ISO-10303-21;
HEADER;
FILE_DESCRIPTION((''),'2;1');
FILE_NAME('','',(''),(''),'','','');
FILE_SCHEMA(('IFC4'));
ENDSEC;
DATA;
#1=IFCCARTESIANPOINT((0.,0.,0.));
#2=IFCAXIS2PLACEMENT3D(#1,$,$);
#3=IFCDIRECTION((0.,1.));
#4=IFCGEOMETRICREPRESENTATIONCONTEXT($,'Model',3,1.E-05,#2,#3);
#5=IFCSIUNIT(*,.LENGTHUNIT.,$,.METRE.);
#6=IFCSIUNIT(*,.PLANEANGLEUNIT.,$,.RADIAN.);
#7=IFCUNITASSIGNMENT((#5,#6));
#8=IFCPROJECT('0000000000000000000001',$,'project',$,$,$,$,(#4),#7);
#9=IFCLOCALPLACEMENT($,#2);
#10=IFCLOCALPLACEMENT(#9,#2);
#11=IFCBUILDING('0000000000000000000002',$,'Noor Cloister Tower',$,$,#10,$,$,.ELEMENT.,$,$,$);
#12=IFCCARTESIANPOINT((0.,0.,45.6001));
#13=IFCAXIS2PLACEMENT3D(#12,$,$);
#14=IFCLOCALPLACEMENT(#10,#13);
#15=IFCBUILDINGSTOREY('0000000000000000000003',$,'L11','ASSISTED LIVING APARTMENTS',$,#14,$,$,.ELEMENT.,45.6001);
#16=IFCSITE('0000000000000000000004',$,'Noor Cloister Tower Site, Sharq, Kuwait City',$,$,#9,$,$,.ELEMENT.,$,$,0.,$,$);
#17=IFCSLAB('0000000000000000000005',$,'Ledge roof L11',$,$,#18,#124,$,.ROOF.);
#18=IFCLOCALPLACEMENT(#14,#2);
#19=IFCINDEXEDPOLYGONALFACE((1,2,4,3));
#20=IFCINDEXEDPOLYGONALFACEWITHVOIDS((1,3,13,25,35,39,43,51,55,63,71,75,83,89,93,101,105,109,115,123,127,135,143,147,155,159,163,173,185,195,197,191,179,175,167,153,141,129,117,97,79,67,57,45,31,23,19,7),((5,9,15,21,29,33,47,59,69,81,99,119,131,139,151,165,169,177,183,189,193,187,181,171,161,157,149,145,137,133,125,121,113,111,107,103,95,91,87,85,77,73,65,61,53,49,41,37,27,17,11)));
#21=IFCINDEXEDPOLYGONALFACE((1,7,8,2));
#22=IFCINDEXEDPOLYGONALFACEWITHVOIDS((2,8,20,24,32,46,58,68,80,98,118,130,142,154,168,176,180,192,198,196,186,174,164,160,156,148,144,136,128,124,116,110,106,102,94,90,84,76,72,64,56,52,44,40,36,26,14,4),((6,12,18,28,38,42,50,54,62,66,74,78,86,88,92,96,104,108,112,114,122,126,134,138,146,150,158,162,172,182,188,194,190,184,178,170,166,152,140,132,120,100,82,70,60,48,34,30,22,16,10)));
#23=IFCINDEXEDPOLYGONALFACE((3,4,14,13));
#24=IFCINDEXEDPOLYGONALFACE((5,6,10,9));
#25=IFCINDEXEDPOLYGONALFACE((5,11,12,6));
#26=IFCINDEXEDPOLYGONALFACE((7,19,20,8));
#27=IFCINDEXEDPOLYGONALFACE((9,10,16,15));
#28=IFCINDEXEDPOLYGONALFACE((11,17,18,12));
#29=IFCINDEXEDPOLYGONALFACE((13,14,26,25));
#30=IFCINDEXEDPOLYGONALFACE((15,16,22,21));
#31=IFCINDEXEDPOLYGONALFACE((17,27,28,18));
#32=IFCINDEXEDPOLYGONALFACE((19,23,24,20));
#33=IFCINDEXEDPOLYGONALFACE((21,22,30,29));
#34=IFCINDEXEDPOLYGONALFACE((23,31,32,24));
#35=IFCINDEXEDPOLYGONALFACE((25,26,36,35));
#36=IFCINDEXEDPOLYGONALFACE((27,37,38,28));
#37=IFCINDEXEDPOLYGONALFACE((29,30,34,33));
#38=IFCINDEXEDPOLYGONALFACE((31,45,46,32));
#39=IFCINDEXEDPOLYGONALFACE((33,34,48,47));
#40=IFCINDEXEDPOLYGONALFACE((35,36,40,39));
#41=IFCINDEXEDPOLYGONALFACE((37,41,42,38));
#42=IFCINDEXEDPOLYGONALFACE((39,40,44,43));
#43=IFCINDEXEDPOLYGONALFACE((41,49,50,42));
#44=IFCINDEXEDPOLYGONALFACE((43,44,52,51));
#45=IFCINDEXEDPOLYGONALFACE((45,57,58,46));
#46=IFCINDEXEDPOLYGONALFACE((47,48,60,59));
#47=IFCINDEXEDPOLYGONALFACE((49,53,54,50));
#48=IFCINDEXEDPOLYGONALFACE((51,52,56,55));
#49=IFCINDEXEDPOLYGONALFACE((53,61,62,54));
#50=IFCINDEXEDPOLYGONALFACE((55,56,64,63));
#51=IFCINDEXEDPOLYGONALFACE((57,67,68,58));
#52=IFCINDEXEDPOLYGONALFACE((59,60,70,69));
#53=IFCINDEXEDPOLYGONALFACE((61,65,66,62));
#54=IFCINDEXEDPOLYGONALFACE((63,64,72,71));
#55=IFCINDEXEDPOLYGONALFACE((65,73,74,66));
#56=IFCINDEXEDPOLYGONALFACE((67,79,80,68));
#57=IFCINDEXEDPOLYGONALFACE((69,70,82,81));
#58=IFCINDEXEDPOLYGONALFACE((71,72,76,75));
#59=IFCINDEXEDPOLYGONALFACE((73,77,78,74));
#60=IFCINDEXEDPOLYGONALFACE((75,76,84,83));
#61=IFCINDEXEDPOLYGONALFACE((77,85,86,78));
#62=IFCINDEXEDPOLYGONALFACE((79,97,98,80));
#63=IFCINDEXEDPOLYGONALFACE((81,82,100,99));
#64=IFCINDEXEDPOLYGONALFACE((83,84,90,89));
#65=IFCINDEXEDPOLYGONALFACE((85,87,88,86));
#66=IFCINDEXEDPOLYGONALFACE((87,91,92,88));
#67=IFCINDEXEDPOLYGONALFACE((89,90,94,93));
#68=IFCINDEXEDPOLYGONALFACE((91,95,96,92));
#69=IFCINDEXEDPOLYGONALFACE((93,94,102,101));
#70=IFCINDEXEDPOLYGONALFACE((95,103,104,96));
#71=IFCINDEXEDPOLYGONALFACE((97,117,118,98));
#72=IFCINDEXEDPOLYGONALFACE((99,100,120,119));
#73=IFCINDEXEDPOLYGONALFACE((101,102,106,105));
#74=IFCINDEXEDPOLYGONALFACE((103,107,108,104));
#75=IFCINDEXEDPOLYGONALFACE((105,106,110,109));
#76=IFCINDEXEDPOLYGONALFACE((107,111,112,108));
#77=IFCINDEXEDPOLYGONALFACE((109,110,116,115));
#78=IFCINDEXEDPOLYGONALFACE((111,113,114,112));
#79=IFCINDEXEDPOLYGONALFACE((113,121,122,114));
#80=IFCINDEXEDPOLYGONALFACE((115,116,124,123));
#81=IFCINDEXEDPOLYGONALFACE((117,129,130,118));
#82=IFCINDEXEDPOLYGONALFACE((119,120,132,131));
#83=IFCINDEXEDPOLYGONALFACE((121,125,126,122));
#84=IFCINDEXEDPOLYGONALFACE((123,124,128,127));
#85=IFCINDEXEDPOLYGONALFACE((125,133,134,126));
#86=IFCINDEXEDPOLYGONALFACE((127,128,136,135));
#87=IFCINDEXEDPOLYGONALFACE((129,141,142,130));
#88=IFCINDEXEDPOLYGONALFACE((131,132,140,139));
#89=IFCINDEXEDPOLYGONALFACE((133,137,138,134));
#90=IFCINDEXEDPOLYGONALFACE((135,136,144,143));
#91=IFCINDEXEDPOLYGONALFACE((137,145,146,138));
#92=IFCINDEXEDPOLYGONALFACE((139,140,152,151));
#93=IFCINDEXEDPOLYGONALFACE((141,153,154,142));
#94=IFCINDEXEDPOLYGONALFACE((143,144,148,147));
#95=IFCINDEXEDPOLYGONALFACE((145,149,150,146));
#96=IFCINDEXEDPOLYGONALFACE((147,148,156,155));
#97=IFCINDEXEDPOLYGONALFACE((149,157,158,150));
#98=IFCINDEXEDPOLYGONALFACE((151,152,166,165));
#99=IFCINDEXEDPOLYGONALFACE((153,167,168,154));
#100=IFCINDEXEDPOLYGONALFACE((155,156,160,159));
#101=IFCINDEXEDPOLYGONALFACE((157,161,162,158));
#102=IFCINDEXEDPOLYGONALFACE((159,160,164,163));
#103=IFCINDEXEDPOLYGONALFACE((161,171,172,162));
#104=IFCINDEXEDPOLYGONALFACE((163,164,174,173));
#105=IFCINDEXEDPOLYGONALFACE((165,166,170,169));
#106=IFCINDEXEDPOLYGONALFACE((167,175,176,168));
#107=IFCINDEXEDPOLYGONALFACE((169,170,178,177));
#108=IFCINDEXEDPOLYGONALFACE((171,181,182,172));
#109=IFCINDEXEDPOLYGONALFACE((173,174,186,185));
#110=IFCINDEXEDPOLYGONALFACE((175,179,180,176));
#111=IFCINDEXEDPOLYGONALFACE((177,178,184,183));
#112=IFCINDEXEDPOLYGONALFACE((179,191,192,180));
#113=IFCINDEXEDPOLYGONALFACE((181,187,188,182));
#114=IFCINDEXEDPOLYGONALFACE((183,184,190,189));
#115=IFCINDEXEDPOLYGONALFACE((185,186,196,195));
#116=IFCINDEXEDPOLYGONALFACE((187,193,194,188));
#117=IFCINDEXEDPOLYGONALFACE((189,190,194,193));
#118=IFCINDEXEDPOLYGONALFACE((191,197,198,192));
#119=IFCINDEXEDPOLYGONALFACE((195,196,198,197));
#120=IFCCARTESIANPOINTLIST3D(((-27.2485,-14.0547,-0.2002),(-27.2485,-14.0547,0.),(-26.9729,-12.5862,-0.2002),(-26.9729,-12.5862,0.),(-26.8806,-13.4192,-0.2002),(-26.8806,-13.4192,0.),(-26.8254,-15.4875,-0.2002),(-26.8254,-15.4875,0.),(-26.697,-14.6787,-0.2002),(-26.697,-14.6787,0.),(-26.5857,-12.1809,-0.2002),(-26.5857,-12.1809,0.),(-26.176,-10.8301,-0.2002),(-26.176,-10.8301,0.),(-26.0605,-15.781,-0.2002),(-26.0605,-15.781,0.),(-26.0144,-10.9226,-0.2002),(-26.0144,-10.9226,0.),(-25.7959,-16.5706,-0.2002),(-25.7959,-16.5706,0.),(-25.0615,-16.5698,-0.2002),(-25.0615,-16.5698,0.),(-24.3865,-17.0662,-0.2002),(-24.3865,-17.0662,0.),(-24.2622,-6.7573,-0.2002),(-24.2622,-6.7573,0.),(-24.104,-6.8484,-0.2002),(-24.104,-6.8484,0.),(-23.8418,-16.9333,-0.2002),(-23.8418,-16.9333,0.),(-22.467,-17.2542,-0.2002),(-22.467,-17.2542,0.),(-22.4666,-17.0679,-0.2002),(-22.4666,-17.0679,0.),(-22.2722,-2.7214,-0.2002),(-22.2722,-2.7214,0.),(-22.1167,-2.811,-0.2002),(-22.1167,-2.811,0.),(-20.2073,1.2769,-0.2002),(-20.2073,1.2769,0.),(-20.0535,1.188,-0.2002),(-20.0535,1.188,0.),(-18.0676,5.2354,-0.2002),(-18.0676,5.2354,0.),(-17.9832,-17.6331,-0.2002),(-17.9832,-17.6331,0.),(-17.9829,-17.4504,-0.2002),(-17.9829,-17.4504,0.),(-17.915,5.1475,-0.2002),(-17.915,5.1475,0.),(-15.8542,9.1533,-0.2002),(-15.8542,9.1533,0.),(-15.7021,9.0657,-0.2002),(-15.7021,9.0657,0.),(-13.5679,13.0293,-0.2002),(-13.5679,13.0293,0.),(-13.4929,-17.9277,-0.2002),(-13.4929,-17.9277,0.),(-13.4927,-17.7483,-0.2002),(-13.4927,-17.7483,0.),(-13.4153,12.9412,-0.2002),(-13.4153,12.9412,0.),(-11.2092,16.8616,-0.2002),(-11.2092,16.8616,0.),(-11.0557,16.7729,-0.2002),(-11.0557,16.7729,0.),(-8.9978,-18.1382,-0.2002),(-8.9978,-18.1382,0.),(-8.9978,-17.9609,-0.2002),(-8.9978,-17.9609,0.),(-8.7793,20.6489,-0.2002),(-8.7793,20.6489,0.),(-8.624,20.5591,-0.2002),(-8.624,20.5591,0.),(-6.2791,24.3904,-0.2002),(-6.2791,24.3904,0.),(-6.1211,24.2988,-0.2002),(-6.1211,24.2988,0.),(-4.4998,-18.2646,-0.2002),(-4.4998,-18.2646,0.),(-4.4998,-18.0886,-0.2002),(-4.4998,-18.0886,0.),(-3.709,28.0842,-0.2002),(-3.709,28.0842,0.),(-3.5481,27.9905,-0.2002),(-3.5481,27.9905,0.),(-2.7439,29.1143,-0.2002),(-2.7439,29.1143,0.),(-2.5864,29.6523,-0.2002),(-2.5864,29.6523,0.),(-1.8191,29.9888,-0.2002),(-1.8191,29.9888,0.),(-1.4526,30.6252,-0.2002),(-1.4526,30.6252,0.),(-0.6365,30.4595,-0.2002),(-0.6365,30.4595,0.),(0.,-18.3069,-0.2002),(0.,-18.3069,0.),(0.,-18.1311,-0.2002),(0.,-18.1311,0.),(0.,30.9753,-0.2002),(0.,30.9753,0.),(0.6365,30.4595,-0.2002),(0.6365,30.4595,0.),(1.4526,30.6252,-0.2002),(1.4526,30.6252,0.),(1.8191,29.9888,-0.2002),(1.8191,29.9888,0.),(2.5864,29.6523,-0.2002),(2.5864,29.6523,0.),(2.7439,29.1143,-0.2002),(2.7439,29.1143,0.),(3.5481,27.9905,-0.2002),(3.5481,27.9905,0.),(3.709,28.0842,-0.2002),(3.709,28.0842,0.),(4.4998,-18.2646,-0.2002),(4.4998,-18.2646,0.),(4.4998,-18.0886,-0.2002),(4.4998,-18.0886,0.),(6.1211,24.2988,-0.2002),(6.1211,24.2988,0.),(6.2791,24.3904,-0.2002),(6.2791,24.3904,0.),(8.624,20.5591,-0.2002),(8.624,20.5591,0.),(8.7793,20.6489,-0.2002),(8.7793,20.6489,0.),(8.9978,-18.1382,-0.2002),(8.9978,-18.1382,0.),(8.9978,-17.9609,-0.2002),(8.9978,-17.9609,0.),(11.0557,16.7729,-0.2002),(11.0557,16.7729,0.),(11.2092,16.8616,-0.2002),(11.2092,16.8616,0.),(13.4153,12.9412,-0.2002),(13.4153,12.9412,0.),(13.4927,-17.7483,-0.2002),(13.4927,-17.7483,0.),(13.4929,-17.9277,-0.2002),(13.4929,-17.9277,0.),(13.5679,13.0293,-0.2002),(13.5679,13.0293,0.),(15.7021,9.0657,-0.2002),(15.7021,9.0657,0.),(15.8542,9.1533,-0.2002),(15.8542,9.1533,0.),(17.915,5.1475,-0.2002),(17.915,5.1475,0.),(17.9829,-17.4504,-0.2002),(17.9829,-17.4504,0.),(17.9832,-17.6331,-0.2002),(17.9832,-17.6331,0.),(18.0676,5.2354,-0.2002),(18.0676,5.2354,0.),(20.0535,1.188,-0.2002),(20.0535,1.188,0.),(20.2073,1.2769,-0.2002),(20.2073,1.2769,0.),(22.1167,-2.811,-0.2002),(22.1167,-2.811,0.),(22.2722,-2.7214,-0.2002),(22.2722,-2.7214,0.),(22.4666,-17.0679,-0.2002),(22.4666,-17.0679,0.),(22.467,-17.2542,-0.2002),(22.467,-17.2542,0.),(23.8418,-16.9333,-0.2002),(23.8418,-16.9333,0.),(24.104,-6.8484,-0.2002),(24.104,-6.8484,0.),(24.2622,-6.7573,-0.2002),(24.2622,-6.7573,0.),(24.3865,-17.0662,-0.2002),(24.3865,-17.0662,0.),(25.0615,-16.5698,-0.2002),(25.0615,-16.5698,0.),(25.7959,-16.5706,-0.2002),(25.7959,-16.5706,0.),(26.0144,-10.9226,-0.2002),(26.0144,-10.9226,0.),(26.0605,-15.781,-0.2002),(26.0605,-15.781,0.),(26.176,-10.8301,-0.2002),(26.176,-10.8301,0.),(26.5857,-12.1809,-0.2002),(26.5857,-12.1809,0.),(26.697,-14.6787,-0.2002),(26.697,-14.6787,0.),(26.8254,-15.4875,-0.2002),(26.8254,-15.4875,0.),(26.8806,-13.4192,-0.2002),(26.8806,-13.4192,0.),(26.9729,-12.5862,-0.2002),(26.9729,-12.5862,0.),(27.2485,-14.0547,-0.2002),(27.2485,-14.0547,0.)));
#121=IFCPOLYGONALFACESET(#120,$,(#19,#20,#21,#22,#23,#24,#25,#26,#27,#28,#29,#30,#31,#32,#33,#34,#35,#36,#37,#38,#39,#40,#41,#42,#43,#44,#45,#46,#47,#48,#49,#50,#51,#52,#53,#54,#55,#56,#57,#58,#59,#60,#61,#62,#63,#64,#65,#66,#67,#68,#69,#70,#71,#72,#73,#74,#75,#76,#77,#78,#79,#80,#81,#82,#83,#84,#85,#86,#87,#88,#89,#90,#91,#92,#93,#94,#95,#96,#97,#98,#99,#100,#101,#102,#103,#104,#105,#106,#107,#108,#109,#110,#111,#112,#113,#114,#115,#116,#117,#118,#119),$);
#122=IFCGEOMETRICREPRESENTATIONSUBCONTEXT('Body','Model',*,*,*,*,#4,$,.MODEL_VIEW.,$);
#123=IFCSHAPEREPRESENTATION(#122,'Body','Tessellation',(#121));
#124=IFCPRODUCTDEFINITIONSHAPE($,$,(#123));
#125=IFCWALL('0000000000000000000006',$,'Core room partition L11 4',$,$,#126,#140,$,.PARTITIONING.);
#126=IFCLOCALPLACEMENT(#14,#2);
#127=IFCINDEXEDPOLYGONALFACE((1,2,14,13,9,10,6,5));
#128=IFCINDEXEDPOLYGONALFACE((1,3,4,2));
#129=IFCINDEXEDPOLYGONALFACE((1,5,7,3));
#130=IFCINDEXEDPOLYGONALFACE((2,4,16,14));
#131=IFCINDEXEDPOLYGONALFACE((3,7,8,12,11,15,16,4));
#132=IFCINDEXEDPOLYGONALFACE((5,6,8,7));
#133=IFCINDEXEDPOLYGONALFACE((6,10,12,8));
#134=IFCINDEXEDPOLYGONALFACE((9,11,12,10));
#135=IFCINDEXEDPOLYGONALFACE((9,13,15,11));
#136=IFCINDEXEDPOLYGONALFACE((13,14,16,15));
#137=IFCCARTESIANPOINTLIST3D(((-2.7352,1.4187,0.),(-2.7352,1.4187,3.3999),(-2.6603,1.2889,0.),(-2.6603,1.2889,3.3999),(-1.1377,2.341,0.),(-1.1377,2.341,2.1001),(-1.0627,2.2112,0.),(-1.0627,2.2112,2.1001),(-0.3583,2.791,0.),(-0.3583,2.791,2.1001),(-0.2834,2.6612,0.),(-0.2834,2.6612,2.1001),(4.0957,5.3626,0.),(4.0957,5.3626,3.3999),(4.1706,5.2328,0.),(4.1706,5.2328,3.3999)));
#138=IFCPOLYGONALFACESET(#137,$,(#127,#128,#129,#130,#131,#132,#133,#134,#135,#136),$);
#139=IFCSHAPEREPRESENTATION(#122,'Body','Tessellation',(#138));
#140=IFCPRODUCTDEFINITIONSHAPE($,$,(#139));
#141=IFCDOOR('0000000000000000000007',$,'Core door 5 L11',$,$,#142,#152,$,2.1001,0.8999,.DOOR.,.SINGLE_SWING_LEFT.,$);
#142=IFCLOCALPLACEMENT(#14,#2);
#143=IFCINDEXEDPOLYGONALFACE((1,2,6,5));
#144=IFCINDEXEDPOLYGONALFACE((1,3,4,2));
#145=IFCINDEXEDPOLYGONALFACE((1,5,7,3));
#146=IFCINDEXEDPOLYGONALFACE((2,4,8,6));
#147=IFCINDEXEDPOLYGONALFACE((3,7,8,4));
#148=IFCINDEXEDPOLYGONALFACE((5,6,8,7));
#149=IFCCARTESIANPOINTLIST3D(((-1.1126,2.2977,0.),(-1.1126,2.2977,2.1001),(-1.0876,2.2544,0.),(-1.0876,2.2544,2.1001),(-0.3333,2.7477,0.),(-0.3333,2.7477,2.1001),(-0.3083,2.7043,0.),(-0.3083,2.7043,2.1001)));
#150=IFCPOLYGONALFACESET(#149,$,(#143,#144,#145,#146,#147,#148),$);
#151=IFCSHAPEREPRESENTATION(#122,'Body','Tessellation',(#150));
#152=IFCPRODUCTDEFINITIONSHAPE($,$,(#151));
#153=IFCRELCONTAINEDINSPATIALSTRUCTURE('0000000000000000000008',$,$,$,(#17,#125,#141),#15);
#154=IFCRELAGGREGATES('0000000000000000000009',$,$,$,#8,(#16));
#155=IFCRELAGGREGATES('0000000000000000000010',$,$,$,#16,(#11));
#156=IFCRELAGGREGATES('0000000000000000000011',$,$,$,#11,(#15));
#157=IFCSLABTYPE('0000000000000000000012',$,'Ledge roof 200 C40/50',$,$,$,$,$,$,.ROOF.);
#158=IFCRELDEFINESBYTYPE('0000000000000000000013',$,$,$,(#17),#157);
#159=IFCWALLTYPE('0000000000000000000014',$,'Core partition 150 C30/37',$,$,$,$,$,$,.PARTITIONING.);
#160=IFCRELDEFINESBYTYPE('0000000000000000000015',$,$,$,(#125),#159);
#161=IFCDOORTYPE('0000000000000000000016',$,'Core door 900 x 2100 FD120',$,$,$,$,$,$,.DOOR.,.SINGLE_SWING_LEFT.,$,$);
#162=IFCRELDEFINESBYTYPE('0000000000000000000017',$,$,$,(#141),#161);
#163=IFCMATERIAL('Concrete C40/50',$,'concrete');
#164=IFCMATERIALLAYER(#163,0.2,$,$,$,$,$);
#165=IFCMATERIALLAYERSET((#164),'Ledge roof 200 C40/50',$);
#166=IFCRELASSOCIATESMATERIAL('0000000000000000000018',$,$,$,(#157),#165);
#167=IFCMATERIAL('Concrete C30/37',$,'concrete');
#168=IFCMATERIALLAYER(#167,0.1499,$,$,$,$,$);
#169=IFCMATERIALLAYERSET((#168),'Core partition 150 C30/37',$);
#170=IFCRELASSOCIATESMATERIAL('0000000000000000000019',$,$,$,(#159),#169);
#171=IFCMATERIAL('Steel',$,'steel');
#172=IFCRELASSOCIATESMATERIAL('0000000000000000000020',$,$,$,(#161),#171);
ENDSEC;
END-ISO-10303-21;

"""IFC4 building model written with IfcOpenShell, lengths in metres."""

from ifc_helpers import new_model, si_unit, direction, frame, frame_2d, origin, place, context, subcontext, project, spatial, polyline, rectangle, outline, extrude, material, layer, layer_set, type_object, element, fill, save


model = new_model("IFC4")

# Units and contexts
model_context = context("Model", 3, precision=1e-05, world=origin(), true_north=direction((0.0, 1.0)))
body_context = subcontext(model_context, "Body", "Model", "MODEL_VIEW")
ifc_project = project(units=[si_unit("LENGTHUNIT", "METRE"), si_unit("PLANEANGLEUNIT", "RADIAN")], contexts=[model_context])

# Site, building, storey
site_placement = place(None, origin())
site = spatial("IfcSite", under=ifc_project, at=site_placement, Name="Noor Cloister Tower Site, Sharq, Kuwait City", CompositionType="ELEMENT", RefElevation=0.0)
building_placement = place(site_placement, origin())
building = spatial("IfcBuilding", under=site, at=building_placement, Name="Noor Cloister Tower", CompositionType="ELEMENT")
storey_placement = place(building_placement, frame((0.0, 0.0, 45.6001)))
storey = spatial("IfcBuildingStorey", under=building, at=storey_placement, Name="L11", Description="ASSISTED LIVING APARTMENTS", CompositionType="ELEMENT", Elevation=45.6001)

# Slab
ifc_material_1 = material(Name="Concrete C40/50", Category="concrete")
ifc_layer_1 = layer(ifc_material_1, 0.2)
ifc_layer_set_1 = layer_set([ifc_layer_1], Name="Ledge roof 200 C40/50")
slab_type_1 = type_object("IfcSlabType", Name="Ledge roof 200 C40/50", PredefinedType="ROOF", material=ifc_layer_set_1)
slab_1_placement = place(storey_placement, frame((0.0, 0.0, -0.2002)))
element("IfcSlab", 1, at=slab_1_placement, inside=storey, type_object=slab_type_1, Name="Ledge roof L11", PredefinedType="ROOF", context=body_context, shape_type="SweptSolid", body=[
    extrude(outline(polyline([(3.709, 28.0842), (2.5864, 29.6523), (1.4526, 30.6252), (0.0, 30.9753), (-1.4526, 30.6252), (-2.5864, 29.6523), (-3.709, 28.0842), (-6.2791, 24.3904), (-8.7793, 20.6489), (-11.2092, 16.8616), (-13.5679, 13.0293), (-15.8542, 9.1533), (-18.0676, 5.2354), (-20.2073, 1.2769), (-22.2722, -2.7214), (-24.2622, -6.7573), (-26.176, -10.8301), (-26.9729, -12.5862), (-27.2485, -14.0547), (-26.8254, -15.4875), (-25.7959, -16.5706), (-24.3865, -17.0662), (-22.467, -17.2542), (-17.9832, -17.6331), (-13.4929, -17.9277), (-8.9978, -18.1382), (-4.4998, -18.2646), (0.0, -18.3069), (4.4998, -18.2646), (8.9978, -18.1382), (13.4929, -17.9277), (17.9832, -17.6331), (22.467, -17.2542), (24.3865, -17.0662), (25.7959, -16.5706), (26.8254, -15.4875), (27.2485, -14.0547), (26.9729, -12.5862), (26.176, -10.8301), (24.2622, -6.7573), (22.2722, -2.7214), (20.2073, 1.2769), (18.0676, 5.2354), (15.8542, 9.1533), (13.5679, 13.0293), (11.2092, 16.8616), (8.7793, 20.6489), (6.2791, 24.3904), (3.709, 28.0842)]), holes=[polyline([(0.6365, 30.4595), (-0.6365, 30.4595), (-1.8191, 29.9888), (-2.7439, 29.1143), (-3.5481, 27.9905), (-6.1211, 24.2988), (-8.624, 20.5591), (-11.0557, 16.7729), (-13.4153, 12.9412), (-15.7021, 9.0657), (-17.915, 5.1475), (-20.0535, 1.188), (-22.1167, -2.811), (-24.104, -6.8484), (-26.0144, -10.9226), (-26.5857, -12.1809), (-26.8806, -13.4192), (-26.697, -14.6787), (-26.0605, -15.781), (-25.0615, -16.5698), (-23.8418, -16.9333), (-22.4666, -17.0679), (-17.9829, -17.4504), (-13.4927, -17.7483), (-8.9978, -17.9609), (-4.4998, -18.0886), (0.0, -18.1311), (4.4998, -18.0886), (8.9978, -17.9609), (13.4927, -17.7483), (17.9829, -17.4504), (22.4666, -17.0679), (23.8418, -16.9333), (25.0615, -16.5698), (26.0605, -15.781), (26.697, -14.6787), (26.8806, -13.4192), (26.5857, -12.1809), (26.0144, -10.9226), (24.104, -6.8484), (22.1167, -2.811), (20.0535, 1.188), (17.915, 5.1475), (15.7021, 9.0657), (13.4153, 12.9412), (11.0557, 16.7729), (8.624, 20.5591), (6.1211, 24.2988), (3.5481, 27.9905), (2.7439, 29.1143), (1.8191, 29.9888), (0.6365, 30.4595)])]), origin(), (0.0, 0.0, 1.0), 0.2002),
])

# Wall, opening, door
ifc_material_2 = material(Name="Concrete C30/37", Category="concrete")
ifc_layer_2 = layer(ifc_material_2, 0.1499)
ifc_layer_set_2 = layer_set([ifc_layer_2], Name="Core partition 150 C30/37")
wall_type_1 = type_object("IfcWallType", Name="Core partition 150 C30/37", PredefinedType="PARTITIONING", material=ifc_layer_set_2)
wall_1_placement = place(storey_placement, frame((-2.6978, 1.3538, 0.0), z_axis=(0.0, 0.0, 1.0), x_axis=(0.866021, 0.500007, 0.0)))
wall_1 = element("IfcWall", 2, at=wall_1_placement, inside=storey, type_object=wall_type_1, Name="Core room partition L11 4", PredefinedType="PARTITIONING", context=body_context, shape_type="SweptSolid", body=[
    extrude(rectangle(XDim=7.8877, YDim=0.1499, at=frame_2d((3.9438, 0.0))), origin(), (0.0, 0.0, 1.0), 3.3999),
])
opening_placement = place(wall_1_placement, frame((1.8447, 0.0, 0.0)))
opening = element("IfcOpeningElement", 3, at=opening_placement, cuts=wall_1, PredefinedType="OPENING", context=body_context, shape_type="SweptSolid", body=[
    extrude(rectangle(XDim=0.8999, YDim=2.1001, at=frame_2d((0.45, 1.05))), frame((0.0, 0.085, 0.0), z_axis=(0.0, -1.0, 0.0), x_axis=(1.0, 0.0, 0.0)), (0.0, 0.0, 1.0), 0.1699),
])
ifc_material_3 = material(Name="Steel", Category="steel")
door_type = type_object("IfcDoorType", Name="Core door 900 x 2100 FD120", OperationType="SINGLE_SWING_LEFT", PredefinedType="DOOR", material=ifc_material_3)
door_placement = place(opening_placement, origin())
door = element("IfcDoor", 4, at=door_placement, inside=storey, type_object=door_type, Name="Core door 5 L11", OperationType="SINGLE_SWING_LEFT", OverallHeight=2.1001, OverallWidth=0.8999, PredefinedType="DOOR", context=body_context, shape_type="SweptSolid", body=[
    extrude(rectangle(XDim=0.8999, YDim=2.1001, at=frame_2d((0.45, 1.05))), frame((0.0, 0.0249, 0.0), z_axis=(0.0, -1.0, 0.0), x_axis=(1.0, 0.0, 0.0)), (0.0, 0.0, 1.0), 0.05),
])
fill(opening, door)

save(model, "model.ifc")
